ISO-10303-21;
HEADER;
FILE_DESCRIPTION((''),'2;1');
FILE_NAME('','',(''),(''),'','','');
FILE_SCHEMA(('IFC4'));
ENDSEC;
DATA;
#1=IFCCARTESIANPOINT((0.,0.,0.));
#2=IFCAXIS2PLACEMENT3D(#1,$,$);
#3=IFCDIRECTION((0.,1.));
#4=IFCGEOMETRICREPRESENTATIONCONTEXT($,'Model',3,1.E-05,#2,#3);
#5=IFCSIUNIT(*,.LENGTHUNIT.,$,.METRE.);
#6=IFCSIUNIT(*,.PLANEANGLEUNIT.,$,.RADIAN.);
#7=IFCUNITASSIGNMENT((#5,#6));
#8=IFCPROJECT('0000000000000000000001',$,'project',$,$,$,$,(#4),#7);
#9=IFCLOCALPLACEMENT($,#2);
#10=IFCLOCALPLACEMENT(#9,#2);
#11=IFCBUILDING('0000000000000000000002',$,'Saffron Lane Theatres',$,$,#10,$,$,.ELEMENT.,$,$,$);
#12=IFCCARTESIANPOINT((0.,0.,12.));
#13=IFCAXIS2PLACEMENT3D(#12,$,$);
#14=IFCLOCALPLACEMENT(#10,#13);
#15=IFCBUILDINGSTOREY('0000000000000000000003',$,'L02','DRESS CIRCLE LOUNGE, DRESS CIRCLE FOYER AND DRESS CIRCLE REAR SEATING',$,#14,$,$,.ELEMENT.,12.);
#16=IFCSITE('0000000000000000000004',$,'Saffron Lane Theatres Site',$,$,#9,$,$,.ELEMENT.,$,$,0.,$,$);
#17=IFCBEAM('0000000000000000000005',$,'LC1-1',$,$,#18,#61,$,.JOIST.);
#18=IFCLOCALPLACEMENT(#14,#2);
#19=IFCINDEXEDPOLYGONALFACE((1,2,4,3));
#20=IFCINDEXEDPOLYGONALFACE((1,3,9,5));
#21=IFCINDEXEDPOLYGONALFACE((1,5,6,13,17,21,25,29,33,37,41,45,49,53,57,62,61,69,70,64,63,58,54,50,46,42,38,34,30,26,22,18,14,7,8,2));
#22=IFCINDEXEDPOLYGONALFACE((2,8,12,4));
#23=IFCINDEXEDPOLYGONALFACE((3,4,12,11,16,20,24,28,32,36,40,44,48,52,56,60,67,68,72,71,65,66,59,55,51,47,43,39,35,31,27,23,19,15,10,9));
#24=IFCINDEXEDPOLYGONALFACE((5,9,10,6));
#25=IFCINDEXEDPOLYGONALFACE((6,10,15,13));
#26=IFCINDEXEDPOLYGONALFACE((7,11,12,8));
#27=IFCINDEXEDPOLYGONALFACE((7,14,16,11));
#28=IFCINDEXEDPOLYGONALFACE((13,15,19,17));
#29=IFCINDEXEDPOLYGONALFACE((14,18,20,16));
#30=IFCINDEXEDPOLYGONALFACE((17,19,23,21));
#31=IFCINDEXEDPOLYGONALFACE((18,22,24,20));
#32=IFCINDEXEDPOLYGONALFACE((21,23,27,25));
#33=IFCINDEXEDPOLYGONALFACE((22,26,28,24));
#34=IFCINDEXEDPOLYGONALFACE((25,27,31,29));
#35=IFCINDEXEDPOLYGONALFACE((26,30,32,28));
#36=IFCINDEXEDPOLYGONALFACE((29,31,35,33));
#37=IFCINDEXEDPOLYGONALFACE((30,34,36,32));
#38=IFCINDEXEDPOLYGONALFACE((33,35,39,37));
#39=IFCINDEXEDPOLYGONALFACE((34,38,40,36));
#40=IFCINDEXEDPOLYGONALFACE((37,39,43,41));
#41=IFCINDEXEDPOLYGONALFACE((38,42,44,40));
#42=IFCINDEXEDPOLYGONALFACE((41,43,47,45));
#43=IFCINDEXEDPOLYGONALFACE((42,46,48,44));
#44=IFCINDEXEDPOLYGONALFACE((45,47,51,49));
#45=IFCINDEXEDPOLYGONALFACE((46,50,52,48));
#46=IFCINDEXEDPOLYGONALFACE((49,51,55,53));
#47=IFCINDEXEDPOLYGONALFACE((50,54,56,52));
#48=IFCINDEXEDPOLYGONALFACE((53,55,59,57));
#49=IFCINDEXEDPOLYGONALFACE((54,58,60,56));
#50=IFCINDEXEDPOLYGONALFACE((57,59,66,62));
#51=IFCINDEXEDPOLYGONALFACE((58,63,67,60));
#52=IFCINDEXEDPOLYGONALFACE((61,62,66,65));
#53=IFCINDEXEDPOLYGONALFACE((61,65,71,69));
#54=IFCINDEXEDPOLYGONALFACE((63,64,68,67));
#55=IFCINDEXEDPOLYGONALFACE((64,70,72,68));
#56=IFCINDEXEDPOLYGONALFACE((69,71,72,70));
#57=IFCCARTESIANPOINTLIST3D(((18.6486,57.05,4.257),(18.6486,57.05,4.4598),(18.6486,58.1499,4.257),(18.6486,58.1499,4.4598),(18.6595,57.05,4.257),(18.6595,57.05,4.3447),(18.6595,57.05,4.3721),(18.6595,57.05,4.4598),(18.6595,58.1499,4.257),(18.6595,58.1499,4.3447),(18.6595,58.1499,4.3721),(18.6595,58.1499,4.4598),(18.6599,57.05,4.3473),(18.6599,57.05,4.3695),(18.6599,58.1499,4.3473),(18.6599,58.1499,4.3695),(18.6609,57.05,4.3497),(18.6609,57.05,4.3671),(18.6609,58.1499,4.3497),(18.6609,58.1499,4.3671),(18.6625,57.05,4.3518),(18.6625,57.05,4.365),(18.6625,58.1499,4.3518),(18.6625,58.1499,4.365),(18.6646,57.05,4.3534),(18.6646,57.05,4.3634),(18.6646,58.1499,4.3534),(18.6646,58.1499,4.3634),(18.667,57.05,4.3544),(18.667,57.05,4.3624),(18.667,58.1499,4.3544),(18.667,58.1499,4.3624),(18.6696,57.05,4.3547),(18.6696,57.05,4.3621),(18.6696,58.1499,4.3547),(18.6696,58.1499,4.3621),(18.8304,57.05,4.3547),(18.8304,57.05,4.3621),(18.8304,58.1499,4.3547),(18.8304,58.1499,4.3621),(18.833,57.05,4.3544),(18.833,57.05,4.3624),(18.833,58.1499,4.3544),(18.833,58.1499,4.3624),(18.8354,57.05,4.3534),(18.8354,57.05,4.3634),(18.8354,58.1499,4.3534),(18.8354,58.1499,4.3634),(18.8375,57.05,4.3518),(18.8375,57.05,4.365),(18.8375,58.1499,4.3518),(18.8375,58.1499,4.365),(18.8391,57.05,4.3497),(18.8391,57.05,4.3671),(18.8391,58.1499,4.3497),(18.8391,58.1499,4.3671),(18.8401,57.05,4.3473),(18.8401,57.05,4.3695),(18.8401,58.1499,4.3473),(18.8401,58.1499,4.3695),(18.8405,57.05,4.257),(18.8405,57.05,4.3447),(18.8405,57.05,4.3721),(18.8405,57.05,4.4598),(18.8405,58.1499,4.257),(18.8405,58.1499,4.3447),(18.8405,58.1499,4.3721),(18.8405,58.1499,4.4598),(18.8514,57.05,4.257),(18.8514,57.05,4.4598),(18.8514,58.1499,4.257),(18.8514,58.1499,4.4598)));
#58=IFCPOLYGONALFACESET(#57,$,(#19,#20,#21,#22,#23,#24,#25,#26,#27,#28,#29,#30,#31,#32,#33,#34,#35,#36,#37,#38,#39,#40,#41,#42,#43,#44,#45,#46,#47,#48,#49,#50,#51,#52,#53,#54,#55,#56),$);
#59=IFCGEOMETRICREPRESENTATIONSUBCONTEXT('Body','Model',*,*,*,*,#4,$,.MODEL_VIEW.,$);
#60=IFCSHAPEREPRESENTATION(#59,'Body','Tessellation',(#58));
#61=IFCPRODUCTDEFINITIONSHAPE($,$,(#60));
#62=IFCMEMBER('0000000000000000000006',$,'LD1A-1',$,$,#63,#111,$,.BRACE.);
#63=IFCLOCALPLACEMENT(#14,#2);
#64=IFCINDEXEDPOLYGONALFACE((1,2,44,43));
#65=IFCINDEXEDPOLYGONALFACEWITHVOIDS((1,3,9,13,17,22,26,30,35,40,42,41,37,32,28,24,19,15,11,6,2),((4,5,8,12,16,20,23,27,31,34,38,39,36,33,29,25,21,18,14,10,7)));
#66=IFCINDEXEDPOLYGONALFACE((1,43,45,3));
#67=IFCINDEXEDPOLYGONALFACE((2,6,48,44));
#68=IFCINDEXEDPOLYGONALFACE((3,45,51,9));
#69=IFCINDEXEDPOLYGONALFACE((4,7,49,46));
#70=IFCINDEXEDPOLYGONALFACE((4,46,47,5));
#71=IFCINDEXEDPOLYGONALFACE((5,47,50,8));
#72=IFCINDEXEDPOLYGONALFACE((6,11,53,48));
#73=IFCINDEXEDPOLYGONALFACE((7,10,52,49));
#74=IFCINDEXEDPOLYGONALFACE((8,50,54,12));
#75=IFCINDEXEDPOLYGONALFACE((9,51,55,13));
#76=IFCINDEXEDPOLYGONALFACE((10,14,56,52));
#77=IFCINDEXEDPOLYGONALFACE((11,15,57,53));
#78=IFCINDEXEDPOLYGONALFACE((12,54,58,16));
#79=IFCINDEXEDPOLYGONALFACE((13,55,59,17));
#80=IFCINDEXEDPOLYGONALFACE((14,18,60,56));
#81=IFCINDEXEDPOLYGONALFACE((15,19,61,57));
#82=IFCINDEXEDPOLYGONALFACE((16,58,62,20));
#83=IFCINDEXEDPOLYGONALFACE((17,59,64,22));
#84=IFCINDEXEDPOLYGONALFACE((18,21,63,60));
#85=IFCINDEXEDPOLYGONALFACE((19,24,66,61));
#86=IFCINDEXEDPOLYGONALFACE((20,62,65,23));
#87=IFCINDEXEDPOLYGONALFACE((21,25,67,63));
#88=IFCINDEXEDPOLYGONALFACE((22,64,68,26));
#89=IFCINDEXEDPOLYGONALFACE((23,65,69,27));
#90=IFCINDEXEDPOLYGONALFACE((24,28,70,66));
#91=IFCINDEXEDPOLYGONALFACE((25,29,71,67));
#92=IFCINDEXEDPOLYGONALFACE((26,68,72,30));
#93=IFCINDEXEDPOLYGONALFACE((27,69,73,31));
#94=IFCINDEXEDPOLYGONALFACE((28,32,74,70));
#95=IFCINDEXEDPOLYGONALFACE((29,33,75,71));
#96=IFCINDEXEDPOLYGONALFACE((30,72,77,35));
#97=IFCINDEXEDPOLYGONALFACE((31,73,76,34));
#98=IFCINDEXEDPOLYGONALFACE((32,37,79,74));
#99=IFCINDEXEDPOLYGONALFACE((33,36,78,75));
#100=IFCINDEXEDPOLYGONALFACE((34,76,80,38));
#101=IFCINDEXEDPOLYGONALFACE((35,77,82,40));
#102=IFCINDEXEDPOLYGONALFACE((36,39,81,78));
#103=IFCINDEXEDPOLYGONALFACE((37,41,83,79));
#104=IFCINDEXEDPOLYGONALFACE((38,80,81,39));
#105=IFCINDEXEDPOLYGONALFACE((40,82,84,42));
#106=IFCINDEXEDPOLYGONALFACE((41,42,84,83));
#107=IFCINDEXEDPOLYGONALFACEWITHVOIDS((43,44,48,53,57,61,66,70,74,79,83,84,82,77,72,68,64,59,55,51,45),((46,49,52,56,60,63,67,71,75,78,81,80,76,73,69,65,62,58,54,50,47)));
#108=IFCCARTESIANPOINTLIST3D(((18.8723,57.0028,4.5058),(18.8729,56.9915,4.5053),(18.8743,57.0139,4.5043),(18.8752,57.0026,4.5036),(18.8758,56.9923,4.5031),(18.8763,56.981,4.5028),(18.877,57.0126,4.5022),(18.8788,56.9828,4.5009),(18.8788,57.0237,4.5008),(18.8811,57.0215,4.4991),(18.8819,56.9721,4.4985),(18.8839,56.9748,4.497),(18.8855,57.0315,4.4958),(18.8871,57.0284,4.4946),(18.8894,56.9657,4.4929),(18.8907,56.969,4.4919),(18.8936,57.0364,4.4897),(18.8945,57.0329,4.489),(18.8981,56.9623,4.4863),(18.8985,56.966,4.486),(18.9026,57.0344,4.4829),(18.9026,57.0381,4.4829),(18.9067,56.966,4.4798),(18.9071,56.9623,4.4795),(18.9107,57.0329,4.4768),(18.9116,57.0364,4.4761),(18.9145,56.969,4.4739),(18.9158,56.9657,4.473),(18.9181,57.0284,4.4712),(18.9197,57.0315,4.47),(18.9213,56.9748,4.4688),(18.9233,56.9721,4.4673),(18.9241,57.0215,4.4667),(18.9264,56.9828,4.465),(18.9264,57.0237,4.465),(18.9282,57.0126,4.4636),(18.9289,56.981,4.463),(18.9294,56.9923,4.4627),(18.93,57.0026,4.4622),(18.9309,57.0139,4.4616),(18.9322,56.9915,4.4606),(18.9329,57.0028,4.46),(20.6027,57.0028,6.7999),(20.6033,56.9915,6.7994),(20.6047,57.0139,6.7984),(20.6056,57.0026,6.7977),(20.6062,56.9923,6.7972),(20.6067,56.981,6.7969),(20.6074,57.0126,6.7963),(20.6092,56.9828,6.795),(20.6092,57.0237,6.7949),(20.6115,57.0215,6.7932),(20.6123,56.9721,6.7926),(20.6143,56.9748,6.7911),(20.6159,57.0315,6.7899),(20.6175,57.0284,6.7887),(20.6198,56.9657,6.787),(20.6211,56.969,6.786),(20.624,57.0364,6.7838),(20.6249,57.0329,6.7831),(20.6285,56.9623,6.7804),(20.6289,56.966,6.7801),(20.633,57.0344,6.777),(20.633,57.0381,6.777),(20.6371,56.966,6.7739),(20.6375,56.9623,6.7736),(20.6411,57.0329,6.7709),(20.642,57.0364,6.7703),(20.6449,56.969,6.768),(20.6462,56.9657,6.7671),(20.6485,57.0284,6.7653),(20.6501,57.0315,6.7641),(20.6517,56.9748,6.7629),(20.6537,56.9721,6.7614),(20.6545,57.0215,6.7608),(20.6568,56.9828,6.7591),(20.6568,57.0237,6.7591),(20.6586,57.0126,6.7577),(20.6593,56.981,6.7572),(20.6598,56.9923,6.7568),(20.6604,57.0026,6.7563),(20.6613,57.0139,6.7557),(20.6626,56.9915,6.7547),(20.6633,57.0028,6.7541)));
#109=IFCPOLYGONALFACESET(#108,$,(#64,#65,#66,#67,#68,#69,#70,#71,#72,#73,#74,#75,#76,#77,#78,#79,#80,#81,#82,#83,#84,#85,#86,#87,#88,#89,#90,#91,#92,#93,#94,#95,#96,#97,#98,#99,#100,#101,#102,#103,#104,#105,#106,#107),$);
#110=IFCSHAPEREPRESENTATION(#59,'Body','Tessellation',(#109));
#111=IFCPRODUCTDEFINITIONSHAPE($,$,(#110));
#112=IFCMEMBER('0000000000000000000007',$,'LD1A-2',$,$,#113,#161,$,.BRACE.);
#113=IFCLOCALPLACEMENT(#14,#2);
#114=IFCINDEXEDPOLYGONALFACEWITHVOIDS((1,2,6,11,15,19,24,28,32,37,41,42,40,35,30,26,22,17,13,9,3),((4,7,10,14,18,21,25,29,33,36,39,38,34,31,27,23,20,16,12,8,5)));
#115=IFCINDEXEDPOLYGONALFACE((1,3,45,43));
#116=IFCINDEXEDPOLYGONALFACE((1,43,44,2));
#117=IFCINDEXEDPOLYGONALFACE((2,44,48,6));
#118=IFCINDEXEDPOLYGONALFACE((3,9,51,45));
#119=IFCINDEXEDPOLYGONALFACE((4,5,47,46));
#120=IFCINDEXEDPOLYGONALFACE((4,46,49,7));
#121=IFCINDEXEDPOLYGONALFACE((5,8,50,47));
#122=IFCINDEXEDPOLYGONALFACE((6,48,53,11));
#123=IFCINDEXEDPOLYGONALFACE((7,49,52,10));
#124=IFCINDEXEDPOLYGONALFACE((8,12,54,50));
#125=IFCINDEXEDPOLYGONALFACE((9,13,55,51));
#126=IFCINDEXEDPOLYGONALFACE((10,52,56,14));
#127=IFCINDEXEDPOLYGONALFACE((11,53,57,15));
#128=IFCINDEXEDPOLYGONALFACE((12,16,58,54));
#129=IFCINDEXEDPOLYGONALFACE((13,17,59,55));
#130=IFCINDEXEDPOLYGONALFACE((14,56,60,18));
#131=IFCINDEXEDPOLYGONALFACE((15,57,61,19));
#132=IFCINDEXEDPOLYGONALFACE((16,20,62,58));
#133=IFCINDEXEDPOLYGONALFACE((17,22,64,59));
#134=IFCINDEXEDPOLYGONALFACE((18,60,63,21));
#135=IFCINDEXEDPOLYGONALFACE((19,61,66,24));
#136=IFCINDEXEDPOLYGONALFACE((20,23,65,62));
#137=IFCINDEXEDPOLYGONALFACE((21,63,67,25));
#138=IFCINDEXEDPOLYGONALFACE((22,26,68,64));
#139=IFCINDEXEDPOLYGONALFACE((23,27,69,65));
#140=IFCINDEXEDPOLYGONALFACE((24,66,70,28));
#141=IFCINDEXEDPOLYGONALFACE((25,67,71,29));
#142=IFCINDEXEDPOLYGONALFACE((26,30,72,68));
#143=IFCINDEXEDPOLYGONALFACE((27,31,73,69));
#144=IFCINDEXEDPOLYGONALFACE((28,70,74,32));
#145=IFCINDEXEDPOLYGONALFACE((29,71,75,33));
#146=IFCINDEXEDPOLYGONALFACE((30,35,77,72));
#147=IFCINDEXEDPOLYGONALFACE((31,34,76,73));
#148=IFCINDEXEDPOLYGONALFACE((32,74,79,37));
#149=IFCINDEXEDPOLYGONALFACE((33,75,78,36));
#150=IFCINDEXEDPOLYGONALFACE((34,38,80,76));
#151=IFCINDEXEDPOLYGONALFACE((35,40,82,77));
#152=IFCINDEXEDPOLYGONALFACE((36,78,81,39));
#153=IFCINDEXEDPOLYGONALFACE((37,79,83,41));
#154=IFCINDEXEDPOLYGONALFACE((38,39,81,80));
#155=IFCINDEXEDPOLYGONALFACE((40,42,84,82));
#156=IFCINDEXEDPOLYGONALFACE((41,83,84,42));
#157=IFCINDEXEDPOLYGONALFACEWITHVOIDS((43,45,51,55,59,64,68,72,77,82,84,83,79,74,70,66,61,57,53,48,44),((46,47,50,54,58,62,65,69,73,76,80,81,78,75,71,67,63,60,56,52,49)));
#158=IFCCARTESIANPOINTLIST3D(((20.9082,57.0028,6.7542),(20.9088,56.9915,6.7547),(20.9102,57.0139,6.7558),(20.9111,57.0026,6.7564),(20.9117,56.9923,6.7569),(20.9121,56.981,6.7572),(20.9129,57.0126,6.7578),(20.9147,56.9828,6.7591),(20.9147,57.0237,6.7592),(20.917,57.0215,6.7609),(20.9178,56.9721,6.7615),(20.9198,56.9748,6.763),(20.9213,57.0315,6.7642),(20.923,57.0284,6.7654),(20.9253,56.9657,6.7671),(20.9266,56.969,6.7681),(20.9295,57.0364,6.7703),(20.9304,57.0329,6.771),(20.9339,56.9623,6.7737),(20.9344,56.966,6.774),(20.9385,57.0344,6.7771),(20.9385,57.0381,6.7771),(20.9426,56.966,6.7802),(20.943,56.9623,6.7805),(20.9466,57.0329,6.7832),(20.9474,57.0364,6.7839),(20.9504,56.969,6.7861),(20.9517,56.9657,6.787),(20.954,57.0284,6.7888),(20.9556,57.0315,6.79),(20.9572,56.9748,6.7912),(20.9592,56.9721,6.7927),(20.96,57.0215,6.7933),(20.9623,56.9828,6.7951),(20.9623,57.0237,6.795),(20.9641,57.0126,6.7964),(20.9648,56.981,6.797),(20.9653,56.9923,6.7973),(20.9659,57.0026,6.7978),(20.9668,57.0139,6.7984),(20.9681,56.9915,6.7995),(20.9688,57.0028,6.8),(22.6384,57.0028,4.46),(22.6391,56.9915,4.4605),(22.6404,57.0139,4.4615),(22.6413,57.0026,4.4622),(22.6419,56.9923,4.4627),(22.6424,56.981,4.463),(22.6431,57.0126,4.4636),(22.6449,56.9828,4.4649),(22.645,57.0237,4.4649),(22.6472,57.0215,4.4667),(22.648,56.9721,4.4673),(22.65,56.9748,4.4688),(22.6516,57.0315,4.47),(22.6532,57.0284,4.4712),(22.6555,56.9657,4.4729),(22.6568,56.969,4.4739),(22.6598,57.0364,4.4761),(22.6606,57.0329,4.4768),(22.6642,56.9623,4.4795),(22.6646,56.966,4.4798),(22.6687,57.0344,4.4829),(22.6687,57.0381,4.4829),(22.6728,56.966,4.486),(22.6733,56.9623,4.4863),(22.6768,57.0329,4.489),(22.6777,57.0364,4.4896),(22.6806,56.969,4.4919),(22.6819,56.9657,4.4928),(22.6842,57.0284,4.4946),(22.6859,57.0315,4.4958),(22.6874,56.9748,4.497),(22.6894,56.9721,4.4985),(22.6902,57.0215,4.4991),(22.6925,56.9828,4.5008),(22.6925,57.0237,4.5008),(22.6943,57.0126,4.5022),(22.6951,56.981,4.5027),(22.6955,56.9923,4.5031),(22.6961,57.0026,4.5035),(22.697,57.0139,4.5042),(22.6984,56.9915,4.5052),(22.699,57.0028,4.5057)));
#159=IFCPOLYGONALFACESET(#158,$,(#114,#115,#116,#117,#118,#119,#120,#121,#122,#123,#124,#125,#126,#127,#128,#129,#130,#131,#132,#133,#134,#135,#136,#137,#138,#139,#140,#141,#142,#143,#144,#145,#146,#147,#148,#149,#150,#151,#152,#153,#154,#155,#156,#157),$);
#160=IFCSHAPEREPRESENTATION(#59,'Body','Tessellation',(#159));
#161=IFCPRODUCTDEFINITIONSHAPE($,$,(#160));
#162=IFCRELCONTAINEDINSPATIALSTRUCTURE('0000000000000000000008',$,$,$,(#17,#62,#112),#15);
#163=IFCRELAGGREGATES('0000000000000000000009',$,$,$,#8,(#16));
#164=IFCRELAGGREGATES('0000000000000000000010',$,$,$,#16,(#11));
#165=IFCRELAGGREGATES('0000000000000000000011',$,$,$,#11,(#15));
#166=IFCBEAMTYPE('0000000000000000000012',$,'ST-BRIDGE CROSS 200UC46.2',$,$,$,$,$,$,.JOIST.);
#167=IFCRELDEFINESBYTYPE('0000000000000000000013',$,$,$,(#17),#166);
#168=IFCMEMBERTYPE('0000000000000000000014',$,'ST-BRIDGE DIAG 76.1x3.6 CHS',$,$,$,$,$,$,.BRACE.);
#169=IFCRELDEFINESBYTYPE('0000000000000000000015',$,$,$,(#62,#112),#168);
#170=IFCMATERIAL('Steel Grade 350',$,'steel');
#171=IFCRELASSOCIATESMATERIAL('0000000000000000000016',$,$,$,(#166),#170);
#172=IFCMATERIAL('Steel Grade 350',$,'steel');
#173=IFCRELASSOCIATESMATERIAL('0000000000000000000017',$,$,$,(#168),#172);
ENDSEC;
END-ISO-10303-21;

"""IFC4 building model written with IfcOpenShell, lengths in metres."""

from ifc_helpers import new_model, si_unit, direction, frame, origin, origin_2d, place, context, subcontext, project, spatial, hollow_circle, i_section, extrude, material, material_profile, profile_set, type_object, element, save


model = new_model("IFC4")

# Units and contexts
model_context = context("Model", 3, precision=1e-05, world=origin(), true_north=direction((0.0, 1.0)))
body_context = subcontext(model_context, "Body", "Model", "MODEL_VIEW")
ifc_project = project(units=[si_unit("LENGTHUNIT", "METRE"), si_unit("PLANEANGLEUNIT", "RADIAN")], contexts=[model_context])

# Site, building, storey
site_placement = place(None, origin())
site = spatial("IfcSite", under=ifc_project, at=site_placement, Name="Saffron Lane Theatres Site", CompositionType="ELEMENT", RefElevation=0.0)
building_placement = place(site_placement, origin())
building = spatial("IfcBuilding", under=site, at=building_placement, Name="Saffron Lane Theatres", CompositionType="ELEMENT")
storey_placement = place(building_placement, frame((0.0, 0.0, 12.0)))
storey = spatial("IfcBuildingStorey", under=building, at=storey_placement, Name="L02", Description="DRESS CIRCLE LOUNGE, DRESS CIRCLE FOYER AND DRESS CIRCLE REAR SEATING", CompositionType="ELEMENT", Elevation=12.0)

# Beam
ifc_material_1 = material(Name="Steel Grade 350", Category="steel")
ifc_material_profile_1 = material_profile(ifc_material_1, i_section(OverallWidth=0.2029, OverallDepth=0.2029, WebThickness=0.0073, FlangeThickness=0.011, FilletRadius=0.01, at=origin_2d()))
ifc_profile_set_1 = profile_set([ifc_material_profile_1], Name="Steel Grade 350")
beam_type_1 = type_object("IfcBeamType", Name="ST-BRIDGE CROSS 200UC46.2", PredefinedType="JOIST", material=ifc_profile_set_1)
beam_1_placement = place(storey_placement, frame((18.75, 57.05, 4.3584), z_axis=(0.0, 1.0, 0.0), x_axis=(0.0, 0.0, 1.0)))
element("IfcBeam", 1, at=beam_1_placement, inside=storey, type_object=beam_type_1, Name="LC1-1", PredefinedType="JOIST", context=body_context, shape_type="SweptSolid", body=[
    extrude(i_section(OverallWidth=0.2029, OverallDepth=0.2029, WebThickness=0.0073, FlangeThickness=0.011, FilletRadius=0.01, at=origin_2d()), origin(), (0.0, 0.0, 1.0), 1.0999),
])

# Members
ifc_material_2 = material(Name="Steel Grade 350", Category="steel")
ifc_material_profile_2 = material_profile(ifc_material_2, hollow_circle(Radius=0.0381, WallThickness=0.0037, at=origin_2d()))
ifc_profile_set_2 = profile_set([ifc_material_profile_2], Name="Steel Grade 350")
member_type = type_object("IfcMemberType", Name="ST-BRIDGE DIAG 76.1x3.6 CHS", PredefinedType="BRACE", material=ifc_profile_set_2)
for number, where, z_axis, x_axis, name in (
    (2, (18.9026, 57.0, 4.4829), (0.602186, 0.0, 0.798356), (0.0, 1.0, 0.0), "LD1A-1"),
    (3, (20.9385, 57.0, 6.7771), (0.602132, 0.0, -0.798396), (0.0, 1.0, 0.0), "LD1A-2"),
):
    element("IfcMember", number, at=place(storey_placement, frame(where, z_axis=z_axis, x_axis=x_axis)), inside=storey, type_object=member_type, Name=name, PredefinedType="BRACE", context=body_context, shape_type="SweptSolid", body=[
        extrude(hollow_circle(Radius=0.0381, WallThickness=0.0037, at=origin_2d()), origin(), (0.0, 0.0, 1.0), 2.8735),
    ])

save(model, "model.ifc")
